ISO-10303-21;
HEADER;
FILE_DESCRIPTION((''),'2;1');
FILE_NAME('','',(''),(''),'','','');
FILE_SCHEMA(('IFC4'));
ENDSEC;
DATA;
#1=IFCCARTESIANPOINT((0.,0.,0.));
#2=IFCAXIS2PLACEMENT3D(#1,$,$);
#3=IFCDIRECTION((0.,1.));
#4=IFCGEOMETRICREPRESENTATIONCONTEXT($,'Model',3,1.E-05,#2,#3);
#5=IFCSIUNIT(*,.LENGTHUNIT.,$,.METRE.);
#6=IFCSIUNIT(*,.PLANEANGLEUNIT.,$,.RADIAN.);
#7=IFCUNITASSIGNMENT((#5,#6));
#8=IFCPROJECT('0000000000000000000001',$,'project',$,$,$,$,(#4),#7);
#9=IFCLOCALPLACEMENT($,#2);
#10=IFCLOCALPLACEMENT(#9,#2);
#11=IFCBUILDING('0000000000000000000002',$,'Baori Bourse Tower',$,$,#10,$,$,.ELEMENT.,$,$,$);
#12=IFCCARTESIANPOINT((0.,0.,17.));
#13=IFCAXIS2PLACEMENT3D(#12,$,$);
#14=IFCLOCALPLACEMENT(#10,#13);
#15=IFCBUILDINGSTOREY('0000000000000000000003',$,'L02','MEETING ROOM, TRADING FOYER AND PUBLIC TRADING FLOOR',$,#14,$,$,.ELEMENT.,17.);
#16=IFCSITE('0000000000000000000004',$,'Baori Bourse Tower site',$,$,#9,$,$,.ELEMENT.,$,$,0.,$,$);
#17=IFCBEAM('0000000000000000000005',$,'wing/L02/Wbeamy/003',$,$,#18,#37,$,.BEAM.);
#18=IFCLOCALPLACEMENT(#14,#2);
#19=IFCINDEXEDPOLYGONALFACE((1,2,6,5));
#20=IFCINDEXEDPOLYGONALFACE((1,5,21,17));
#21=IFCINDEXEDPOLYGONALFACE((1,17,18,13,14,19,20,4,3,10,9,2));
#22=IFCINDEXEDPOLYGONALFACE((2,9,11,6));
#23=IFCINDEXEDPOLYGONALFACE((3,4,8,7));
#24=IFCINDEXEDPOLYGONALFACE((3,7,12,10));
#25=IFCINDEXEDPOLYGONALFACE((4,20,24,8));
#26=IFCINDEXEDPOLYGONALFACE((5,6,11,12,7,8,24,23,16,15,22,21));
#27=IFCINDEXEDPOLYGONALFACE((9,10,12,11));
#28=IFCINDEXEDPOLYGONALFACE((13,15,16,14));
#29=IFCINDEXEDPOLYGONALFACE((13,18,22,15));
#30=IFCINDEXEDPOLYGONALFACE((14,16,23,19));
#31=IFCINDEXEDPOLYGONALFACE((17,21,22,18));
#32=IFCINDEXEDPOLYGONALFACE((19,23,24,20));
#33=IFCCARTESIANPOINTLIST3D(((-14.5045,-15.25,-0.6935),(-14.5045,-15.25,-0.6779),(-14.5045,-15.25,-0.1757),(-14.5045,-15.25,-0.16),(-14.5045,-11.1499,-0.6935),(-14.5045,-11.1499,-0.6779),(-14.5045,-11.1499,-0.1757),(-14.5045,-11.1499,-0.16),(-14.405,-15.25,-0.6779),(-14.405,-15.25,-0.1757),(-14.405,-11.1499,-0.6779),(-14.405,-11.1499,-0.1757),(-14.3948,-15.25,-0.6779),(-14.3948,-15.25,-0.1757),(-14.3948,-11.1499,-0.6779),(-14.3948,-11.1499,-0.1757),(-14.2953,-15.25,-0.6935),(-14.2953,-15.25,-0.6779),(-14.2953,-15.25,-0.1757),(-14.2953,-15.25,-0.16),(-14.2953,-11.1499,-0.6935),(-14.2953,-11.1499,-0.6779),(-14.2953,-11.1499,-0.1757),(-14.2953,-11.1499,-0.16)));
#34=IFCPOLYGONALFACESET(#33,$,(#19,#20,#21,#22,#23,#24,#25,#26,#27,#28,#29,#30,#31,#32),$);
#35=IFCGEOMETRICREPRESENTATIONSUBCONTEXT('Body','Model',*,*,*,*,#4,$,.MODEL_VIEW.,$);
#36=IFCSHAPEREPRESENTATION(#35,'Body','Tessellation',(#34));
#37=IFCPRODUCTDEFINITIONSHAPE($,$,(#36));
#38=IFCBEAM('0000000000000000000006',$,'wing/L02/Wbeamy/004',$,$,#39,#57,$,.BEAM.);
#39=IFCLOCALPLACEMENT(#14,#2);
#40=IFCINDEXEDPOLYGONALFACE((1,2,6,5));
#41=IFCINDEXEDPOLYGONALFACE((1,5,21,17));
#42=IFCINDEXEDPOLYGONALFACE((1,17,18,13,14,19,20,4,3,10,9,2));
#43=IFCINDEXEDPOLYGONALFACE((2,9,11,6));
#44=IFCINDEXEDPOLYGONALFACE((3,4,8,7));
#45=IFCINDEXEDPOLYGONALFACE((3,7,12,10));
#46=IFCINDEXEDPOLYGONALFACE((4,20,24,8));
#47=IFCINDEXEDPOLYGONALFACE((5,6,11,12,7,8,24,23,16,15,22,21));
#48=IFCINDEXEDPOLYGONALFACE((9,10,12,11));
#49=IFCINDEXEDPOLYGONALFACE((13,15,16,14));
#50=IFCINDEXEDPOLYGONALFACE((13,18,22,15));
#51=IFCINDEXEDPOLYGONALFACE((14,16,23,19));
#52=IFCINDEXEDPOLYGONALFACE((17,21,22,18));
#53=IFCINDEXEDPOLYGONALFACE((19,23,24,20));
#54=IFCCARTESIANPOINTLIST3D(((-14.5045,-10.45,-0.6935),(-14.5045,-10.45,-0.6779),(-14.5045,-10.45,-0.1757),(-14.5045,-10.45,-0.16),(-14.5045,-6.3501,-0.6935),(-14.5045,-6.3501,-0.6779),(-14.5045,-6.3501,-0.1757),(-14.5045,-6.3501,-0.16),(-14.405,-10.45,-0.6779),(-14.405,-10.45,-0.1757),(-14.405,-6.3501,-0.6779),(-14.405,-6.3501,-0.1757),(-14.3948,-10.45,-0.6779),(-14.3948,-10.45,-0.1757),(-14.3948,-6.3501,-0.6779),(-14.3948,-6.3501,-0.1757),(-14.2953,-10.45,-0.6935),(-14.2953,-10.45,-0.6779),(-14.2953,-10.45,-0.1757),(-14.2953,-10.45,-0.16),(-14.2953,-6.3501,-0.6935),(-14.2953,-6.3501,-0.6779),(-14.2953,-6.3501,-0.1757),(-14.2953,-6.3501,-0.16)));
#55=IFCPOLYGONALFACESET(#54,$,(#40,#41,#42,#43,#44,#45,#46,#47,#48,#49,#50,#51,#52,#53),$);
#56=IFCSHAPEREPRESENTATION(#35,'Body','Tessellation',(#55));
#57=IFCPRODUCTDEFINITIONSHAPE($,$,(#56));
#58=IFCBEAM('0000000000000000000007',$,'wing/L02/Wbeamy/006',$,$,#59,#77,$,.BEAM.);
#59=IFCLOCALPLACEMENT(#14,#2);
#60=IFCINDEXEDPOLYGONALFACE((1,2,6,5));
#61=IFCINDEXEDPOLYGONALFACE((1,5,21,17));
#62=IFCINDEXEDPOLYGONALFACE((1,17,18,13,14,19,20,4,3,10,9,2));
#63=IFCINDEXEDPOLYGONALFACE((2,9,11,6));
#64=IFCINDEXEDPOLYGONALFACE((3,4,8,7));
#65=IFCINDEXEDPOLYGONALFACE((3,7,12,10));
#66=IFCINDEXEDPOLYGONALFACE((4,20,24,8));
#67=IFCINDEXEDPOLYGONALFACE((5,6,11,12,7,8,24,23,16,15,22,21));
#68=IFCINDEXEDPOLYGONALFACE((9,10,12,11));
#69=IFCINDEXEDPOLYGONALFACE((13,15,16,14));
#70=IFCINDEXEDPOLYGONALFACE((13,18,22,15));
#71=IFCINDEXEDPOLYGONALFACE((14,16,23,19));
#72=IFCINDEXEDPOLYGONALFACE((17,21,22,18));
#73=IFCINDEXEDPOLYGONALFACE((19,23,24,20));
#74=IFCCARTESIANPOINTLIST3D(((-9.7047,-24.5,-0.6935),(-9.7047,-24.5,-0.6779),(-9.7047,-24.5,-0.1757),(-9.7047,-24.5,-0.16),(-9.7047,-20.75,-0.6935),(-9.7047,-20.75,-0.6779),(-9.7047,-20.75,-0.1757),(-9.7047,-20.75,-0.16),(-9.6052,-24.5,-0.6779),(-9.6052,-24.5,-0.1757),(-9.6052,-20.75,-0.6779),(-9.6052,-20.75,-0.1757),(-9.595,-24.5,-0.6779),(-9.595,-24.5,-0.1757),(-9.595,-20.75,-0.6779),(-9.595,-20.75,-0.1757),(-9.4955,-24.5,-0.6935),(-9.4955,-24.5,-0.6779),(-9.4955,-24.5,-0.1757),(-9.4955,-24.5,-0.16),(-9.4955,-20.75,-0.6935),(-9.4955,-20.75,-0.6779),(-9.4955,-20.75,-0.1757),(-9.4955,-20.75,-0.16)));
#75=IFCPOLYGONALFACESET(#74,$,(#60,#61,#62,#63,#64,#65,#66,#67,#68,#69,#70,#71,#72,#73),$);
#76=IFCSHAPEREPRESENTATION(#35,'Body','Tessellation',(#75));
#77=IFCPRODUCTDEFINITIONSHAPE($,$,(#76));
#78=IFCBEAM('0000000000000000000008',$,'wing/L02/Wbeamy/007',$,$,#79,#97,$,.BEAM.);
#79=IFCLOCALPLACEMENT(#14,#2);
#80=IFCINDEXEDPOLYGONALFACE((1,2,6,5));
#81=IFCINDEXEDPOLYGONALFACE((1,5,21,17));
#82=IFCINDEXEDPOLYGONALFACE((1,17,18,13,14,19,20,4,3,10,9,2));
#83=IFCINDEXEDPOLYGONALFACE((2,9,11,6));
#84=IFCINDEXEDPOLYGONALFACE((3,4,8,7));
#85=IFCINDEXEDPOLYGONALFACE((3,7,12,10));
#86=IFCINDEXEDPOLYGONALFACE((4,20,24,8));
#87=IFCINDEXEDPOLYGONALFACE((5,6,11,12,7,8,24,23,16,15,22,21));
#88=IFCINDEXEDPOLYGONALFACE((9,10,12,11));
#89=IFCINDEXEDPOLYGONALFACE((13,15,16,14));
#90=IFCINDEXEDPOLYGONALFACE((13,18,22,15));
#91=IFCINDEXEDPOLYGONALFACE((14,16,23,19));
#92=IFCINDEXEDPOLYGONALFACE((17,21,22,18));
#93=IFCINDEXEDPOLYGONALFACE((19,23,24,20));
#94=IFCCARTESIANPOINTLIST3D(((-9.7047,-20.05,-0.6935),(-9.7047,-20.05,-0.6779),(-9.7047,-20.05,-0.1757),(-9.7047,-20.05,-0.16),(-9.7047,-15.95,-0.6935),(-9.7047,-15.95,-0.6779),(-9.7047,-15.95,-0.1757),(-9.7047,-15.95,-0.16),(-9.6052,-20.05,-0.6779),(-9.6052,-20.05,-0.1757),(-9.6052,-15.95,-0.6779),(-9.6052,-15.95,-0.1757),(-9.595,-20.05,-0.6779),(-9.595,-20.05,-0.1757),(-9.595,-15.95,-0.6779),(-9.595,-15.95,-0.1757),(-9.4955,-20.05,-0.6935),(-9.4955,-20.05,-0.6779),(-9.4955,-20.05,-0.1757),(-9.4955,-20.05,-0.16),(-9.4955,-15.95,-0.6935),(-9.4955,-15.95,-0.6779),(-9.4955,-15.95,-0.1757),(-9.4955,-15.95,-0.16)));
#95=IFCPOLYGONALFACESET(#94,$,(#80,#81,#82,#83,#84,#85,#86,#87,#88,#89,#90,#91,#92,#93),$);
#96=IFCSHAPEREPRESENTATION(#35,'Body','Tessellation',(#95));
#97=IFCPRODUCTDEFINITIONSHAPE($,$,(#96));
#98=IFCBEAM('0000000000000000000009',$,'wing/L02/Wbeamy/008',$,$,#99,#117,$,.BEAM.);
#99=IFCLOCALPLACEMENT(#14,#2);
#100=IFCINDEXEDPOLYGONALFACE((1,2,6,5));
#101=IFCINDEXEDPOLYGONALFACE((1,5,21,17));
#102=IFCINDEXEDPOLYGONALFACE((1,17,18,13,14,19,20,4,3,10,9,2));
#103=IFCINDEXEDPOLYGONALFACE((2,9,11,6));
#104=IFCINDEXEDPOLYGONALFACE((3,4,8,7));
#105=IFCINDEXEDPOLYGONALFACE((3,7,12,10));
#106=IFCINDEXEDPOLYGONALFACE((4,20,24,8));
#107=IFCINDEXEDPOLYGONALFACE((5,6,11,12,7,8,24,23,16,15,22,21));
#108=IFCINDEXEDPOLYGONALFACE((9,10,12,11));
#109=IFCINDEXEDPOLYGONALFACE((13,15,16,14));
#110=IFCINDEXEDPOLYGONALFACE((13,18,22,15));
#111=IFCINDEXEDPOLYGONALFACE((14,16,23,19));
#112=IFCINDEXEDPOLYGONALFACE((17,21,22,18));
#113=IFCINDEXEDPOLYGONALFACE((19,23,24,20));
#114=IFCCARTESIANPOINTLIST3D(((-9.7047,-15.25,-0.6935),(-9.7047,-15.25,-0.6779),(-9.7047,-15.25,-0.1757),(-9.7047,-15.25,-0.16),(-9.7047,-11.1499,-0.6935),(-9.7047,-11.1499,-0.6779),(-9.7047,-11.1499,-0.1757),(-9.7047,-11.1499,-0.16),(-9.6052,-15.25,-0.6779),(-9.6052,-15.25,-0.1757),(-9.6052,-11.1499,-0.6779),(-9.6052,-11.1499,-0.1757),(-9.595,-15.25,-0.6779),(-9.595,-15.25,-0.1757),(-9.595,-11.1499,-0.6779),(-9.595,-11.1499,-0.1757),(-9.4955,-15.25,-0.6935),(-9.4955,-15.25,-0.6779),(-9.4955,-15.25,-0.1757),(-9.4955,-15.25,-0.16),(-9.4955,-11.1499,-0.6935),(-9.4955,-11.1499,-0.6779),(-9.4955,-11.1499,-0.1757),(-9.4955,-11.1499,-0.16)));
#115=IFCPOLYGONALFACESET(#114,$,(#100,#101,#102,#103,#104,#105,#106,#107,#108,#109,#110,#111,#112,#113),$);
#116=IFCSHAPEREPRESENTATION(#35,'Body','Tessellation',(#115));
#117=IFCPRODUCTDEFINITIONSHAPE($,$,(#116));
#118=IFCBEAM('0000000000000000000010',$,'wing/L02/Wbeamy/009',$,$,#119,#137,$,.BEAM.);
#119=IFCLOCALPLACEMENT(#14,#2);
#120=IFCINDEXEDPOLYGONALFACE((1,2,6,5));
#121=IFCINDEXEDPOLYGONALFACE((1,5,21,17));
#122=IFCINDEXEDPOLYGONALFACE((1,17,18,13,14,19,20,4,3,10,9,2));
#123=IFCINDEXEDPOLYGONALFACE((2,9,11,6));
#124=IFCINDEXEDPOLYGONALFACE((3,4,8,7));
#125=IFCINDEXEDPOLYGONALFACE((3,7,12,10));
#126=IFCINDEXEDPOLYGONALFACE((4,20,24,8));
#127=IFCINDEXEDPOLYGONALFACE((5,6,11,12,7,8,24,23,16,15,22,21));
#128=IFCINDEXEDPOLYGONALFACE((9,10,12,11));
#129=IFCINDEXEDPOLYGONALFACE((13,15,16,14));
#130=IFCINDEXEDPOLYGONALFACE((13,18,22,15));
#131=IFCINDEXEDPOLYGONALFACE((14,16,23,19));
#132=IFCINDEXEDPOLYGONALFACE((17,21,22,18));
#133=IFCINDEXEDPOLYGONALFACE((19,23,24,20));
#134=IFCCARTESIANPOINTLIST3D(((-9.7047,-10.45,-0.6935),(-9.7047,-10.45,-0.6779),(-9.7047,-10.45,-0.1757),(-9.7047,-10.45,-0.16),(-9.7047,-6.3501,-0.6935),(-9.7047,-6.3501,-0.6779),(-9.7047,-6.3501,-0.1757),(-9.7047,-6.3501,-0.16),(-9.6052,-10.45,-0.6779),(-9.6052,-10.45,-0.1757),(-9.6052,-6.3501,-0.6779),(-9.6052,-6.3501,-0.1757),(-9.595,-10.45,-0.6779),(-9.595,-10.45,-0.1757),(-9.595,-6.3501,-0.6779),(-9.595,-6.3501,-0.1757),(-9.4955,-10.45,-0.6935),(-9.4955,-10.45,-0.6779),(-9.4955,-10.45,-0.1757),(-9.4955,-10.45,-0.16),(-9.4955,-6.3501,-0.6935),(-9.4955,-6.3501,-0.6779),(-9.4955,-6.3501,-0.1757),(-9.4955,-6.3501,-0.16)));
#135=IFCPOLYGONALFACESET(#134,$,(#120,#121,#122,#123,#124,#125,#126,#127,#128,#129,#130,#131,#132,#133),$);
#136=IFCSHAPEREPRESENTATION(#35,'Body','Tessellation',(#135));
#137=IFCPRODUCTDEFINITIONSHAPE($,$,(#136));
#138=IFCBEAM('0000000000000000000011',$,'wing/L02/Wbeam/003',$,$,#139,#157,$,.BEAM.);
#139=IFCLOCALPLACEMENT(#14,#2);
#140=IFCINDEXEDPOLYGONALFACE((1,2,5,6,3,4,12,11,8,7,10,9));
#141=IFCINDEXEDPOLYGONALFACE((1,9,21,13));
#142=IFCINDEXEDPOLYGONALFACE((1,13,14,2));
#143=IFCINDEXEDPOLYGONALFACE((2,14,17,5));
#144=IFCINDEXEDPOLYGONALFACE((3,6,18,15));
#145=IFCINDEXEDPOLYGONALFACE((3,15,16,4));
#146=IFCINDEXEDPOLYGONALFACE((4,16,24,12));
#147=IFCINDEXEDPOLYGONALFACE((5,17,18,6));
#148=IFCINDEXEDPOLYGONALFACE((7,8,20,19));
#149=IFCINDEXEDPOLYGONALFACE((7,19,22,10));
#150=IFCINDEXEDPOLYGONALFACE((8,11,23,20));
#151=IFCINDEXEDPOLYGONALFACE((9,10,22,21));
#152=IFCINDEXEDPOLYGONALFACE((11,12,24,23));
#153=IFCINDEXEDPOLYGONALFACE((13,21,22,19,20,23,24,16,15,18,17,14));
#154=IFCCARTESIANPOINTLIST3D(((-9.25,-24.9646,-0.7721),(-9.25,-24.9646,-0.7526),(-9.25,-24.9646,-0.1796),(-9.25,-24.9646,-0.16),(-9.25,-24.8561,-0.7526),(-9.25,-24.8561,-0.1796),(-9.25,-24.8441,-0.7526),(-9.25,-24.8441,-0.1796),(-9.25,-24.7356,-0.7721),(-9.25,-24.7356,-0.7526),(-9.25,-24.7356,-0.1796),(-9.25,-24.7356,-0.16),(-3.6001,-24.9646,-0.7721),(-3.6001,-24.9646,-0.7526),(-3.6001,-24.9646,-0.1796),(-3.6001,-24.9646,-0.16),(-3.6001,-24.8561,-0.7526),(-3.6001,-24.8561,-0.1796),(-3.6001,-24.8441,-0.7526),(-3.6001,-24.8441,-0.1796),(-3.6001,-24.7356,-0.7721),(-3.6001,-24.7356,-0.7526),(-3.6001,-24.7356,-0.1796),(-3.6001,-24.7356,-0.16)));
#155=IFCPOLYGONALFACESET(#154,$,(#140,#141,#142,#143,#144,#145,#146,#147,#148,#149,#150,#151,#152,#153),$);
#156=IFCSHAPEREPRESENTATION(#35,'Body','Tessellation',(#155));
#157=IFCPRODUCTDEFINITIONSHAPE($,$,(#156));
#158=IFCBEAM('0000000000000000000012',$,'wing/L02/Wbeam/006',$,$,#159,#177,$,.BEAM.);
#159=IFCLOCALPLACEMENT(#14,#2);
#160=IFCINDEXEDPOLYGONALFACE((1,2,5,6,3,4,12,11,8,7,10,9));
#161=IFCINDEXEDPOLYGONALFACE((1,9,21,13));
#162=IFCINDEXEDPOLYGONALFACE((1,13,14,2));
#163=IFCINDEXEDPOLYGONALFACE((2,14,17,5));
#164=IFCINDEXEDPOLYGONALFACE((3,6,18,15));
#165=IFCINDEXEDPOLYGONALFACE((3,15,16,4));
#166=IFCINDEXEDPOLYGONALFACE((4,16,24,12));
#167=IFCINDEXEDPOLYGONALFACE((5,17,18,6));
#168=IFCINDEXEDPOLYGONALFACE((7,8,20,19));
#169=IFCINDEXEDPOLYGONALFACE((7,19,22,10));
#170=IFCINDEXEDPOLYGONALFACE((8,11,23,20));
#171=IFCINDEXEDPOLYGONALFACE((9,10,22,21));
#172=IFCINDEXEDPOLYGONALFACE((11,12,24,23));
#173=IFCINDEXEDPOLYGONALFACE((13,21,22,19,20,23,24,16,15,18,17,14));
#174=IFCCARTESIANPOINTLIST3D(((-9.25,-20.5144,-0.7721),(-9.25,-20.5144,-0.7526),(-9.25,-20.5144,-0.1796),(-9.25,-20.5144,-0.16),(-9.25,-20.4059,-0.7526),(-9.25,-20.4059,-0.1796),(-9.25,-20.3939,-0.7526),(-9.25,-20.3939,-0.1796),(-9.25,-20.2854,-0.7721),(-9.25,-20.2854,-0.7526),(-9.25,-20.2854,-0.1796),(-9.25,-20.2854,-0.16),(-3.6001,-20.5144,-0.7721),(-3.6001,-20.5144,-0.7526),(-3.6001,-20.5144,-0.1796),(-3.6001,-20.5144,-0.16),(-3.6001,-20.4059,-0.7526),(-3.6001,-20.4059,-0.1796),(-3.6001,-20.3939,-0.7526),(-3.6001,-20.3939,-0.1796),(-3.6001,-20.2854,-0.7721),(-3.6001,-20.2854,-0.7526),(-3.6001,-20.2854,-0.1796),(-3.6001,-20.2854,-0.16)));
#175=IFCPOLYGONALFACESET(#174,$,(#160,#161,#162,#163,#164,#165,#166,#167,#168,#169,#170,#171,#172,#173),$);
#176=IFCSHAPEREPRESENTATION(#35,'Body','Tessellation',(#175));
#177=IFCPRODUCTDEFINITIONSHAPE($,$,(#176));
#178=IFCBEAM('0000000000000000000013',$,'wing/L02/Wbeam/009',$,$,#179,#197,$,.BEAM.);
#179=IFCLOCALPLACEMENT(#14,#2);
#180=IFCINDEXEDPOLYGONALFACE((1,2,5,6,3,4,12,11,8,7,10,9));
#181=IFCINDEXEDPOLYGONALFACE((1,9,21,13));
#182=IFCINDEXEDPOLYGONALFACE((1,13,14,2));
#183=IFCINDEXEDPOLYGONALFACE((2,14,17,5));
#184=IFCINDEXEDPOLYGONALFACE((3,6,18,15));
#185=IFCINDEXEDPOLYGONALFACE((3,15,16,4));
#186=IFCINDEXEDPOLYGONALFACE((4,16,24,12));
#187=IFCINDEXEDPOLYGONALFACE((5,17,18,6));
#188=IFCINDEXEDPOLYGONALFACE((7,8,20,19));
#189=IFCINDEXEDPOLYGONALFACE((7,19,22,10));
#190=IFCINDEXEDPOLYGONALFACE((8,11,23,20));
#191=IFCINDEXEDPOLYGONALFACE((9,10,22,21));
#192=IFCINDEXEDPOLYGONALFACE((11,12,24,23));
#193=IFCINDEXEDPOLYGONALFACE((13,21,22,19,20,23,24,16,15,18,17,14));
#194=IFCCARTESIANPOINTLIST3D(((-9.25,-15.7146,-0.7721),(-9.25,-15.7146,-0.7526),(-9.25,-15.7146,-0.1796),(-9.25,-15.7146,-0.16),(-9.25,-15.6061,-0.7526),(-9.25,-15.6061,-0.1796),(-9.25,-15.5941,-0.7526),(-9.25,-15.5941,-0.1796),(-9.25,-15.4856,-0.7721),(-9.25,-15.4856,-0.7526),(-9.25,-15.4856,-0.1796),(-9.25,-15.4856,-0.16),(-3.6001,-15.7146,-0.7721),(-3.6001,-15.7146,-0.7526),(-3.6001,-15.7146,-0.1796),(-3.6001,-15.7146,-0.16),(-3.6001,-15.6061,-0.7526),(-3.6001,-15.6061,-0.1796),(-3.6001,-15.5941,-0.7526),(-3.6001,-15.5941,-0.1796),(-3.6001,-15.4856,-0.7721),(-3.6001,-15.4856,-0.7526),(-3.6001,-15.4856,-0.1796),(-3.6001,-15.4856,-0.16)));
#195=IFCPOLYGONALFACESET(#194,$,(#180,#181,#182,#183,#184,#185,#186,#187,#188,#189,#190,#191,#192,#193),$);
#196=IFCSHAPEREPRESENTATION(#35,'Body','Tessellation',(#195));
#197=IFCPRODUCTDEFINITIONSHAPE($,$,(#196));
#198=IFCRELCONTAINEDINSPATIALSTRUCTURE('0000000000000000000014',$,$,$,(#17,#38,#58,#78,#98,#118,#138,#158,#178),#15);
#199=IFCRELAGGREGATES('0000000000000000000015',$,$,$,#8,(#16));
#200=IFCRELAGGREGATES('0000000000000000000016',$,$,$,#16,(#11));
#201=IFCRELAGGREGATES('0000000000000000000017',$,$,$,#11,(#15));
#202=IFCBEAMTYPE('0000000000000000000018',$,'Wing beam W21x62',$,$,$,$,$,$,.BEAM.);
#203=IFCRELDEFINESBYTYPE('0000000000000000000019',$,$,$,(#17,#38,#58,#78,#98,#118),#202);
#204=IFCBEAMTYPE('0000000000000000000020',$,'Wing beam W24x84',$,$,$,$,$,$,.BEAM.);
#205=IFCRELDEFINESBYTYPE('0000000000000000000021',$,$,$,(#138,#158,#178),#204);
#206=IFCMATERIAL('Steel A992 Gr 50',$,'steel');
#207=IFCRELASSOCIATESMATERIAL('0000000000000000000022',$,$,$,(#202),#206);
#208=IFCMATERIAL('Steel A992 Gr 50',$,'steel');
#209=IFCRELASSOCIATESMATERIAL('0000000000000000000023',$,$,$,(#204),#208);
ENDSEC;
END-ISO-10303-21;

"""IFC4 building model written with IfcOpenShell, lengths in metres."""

from ifc_helpers import new_model, si_unit, direction, frame, origin, origin_2d, place, context, subcontext, project, spatial, i_section, extrude, material, material_profile, profile_set, type_object, element, save


model = new_model("IFC4")

# Units and contexts
model_context = context("Model", 3, precision=1e-05, world=origin(), true_north=direction((0.0, 1.0)))
body_context = subcontext(model_context, "Body", "Model", "MODEL_VIEW")
ifc_project = project(units=[si_unit("LENGTHUNIT", "METRE"), si_unit("PLANEANGLEUNIT", "RADIAN")], contexts=[model_context])

# Site, building, storey
site_placement = place(None, origin())
site = spatial("IfcSite", under=ifc_project, at=site_placement, Name="Baori Bourse Tower site", CompositionType="ELEMENT", RefElevation=0.0)
building_placement = place(site_placement, origin())
building = spatial("IfcBuilding", under=site, at=building_placement, Name="Baori Bourse Tower", CompositionType="ELEMENT")
storey_placement = place(building_placement, frame((0.0, 0.0, 17.0)))
storey = spatial("IfcBuildingStorey", under=building, at=storey_placement, Name="L02", Description="MEETING ROOM, TRADING FOYER AND PUBLIC TRADING FLOOR", CompositionType="ELEMENT", Elevation=17.0)

# Beams
ifc_material_1 = material(Name="Steel A992 Gr 50", Category="steel")
ifc_material_profile_1 = material_profile(ifc_material_1, i_section(OverallWidth=0.2092, OverallDepth=0.5334, WebThickness=0.0103, FlangeThickness=0.0156, at=origin_2d()), Name="W21x62")
ifc_profile_set_1 = profile_set([ifc_material_profile_1], Name="Steel A992 Gr 50")
beam_type_1 = type_object("IfcBeamType", Name="Wing beam W21x62", PredefinedType="BEAM", material=ifc_profile_set_1)
for number, where, z_axis, x_axis, name in (
    (1, (-14.3999, -15.25, -0.4268), (0.0, 1.0, 0.0), (-1.0, 0.0, 0.0), "wing/L02/Wbeamy/003"),
):
    element("IfcBeam", number, at=place(storey_placement, frame(where, z_axis=z_axis, x_axis=x_axis)), inside=storey, type_object=beam_type_1, Name=name, PredefinedType="BEAM", context=body_context, shape_type="SweptSolid", body=[
        extrude(i_section(OverallWidth=0.2092, OverallDepth=0.5334, WebThickness=0.0103, FlangeThickness=0.0156, at=origin_2d()), origin(), (0.0, 0.0, 1.0), 4.1001),
    ])
beam_1_placement = place(storey_placement, frame((-14.3999, -10.45, -0.4268), z_axis=(0.0, 1.0, 0.0), x_axis=(-1.0, 0.0, 0.0)))
element("IfcBeam", 2, at=beam_1_placement, inside=storey, type_object=beam_type_1, Name="wing/L02/Wbeamy/004", PredefinedType="BEAM", context=body_context, shape_type="SweptSolid", body=[
    extrude(i_section(OverallWidth=0.2092, OverallDepth=0.5334, WebThickness=0.0103, FlangeThickness=0.0156, at=origin_2d()), origin(), (0.0, 0.0, 1.0), 4.0999),
])
beam_2_placement = place(storey_placement, frame((-9.6001, -24.5, -0.4268), z_axis=(0.0, 1.0, 0.0), x_axis=(-1.0, 0.0, 0.0)))
element("IfcBeam", 3, at=beam_2_placement, inside=storey, type_object=beam_type_1, Name="wing/L02/Wbeamy/006", PredefinedType="BEAM", context=body_context, shape_type="SweptSolid", body=[
    extrude(i_section(OverallWidth=0.2092, OverallDepth=0.5334, WebThickness=0.0103, FlangeThickness=0.0156, at=origin_2d()), origin(), (0.0, 0.0, 1.0), 3.75),
])
for number, where, z_axis, x_axis, name in (
    (4, (-9.6001, -20.05, -0.4268), (0.0, 1.0, 0.0), (-1.0, 0.0, 0.0), "wing/L02/Wbeamy/007"),
    (5, (-9.6001, -15.25, -0.4268), (0.0, 1.0, 0.0), (-1.0, 0.0, 0.0), "wing/L02/Wbeamy/008"),
):
    element("IfcBeam", number, at=place(storey_placement, frame(where, z_axis=z_axis, x_axis=x_axis)), inside=storey, type_object=beam_type_1, Name=name, PredefinedType="BEAM", context=body_context, shape_type="SweptSolid", body=[
        extrude(i_section(OverallWidth=0.2092, OverallDepth=0.5334, WebThickness=0.0103, FlangeThickness=0.0156, at=origin_2d()), origin(), (0.0, 0.0, 1.0), 4.1001),
    ])
beam_3_placement = place(storey_placement, frame((-9.6001, -10.45, -0.4268), z_axis=(0.0, 1.0, 0.0), x_axis=(-1.0, 0.0, 0.0)))
element("IfcBeam", 6, at=beam_3_placement, inside=storey, type_object=beam_type_1, Name="wing/L02/Wbeamy/009", PredefinedType="BEAM", context=body_context, shape_type="SweptSolid", body=[
    extrude(i_section(OverallWidth=0.2092, OverallDepth=0.5334, WebThickness=0.0103, FlangeThickness=0.0156, at=origin_2d()), origin(), (0.0, 0.0, 1.0), 4.0999),
])
ifc_material_2 = material(Name="Steel A992 Gr 50", Category="steel")
ifc_material_profile_2 = material_profile(ifc_material_2, i_section(OverallWidth=0.229, OverallDepth=0.6121, WebThickness=0.012, FlangeThickness=0.0195, at=origin_2d()), Name="W24x84")
ifc_profile_set_2 = profile_set([ifc_material_profile_2], Name="Steel A992 Gr 50")
beam_type_2 = type_object("IfcBeamType", Name="Wing beam W24x84", PredefinedType="BEAM", material=ifc_profile_set_2)
for number, where, z_axis, x_axis, name in (
    (7, (-9.25, -24.8501, -0.4661), (1.0, 0.0, 0.0), (0.0, 1.0, 0.0), "wing/L02/Wbeam/003"),
    (8, (-9.25, -20.3999, -0.4661), (1.0, 0.0, 0.0), (0.0, 1.0, 0.0), "wing/L02/Wbeam/006"),
    (9, (-9.25, -15.6001, -0.4661), (1.0, 0.0, 0.0), (0.0, 1.0, 0.0), "wing/L02/Wbeam/009"),
):
    element("IfcBeam", number, at=place(storey_placement, frame(where, z_axis=z_axis, x_axis=x_axis)), inside=storey, type_object=beam_type_2, Name=name, PredefinedType="BEAM", context=body_context, shape_type="SweptSolid", body=[
        extrude(i_section(OverallWidth=0.229, OverallDepth=0.6121, WebThickness=0.012, FlangeThickness=0.0195, at=origin_2d()), origin(), (0.0, 0.0, 1.0), 5.6499),
    ])

save(model, "model.ifc")
